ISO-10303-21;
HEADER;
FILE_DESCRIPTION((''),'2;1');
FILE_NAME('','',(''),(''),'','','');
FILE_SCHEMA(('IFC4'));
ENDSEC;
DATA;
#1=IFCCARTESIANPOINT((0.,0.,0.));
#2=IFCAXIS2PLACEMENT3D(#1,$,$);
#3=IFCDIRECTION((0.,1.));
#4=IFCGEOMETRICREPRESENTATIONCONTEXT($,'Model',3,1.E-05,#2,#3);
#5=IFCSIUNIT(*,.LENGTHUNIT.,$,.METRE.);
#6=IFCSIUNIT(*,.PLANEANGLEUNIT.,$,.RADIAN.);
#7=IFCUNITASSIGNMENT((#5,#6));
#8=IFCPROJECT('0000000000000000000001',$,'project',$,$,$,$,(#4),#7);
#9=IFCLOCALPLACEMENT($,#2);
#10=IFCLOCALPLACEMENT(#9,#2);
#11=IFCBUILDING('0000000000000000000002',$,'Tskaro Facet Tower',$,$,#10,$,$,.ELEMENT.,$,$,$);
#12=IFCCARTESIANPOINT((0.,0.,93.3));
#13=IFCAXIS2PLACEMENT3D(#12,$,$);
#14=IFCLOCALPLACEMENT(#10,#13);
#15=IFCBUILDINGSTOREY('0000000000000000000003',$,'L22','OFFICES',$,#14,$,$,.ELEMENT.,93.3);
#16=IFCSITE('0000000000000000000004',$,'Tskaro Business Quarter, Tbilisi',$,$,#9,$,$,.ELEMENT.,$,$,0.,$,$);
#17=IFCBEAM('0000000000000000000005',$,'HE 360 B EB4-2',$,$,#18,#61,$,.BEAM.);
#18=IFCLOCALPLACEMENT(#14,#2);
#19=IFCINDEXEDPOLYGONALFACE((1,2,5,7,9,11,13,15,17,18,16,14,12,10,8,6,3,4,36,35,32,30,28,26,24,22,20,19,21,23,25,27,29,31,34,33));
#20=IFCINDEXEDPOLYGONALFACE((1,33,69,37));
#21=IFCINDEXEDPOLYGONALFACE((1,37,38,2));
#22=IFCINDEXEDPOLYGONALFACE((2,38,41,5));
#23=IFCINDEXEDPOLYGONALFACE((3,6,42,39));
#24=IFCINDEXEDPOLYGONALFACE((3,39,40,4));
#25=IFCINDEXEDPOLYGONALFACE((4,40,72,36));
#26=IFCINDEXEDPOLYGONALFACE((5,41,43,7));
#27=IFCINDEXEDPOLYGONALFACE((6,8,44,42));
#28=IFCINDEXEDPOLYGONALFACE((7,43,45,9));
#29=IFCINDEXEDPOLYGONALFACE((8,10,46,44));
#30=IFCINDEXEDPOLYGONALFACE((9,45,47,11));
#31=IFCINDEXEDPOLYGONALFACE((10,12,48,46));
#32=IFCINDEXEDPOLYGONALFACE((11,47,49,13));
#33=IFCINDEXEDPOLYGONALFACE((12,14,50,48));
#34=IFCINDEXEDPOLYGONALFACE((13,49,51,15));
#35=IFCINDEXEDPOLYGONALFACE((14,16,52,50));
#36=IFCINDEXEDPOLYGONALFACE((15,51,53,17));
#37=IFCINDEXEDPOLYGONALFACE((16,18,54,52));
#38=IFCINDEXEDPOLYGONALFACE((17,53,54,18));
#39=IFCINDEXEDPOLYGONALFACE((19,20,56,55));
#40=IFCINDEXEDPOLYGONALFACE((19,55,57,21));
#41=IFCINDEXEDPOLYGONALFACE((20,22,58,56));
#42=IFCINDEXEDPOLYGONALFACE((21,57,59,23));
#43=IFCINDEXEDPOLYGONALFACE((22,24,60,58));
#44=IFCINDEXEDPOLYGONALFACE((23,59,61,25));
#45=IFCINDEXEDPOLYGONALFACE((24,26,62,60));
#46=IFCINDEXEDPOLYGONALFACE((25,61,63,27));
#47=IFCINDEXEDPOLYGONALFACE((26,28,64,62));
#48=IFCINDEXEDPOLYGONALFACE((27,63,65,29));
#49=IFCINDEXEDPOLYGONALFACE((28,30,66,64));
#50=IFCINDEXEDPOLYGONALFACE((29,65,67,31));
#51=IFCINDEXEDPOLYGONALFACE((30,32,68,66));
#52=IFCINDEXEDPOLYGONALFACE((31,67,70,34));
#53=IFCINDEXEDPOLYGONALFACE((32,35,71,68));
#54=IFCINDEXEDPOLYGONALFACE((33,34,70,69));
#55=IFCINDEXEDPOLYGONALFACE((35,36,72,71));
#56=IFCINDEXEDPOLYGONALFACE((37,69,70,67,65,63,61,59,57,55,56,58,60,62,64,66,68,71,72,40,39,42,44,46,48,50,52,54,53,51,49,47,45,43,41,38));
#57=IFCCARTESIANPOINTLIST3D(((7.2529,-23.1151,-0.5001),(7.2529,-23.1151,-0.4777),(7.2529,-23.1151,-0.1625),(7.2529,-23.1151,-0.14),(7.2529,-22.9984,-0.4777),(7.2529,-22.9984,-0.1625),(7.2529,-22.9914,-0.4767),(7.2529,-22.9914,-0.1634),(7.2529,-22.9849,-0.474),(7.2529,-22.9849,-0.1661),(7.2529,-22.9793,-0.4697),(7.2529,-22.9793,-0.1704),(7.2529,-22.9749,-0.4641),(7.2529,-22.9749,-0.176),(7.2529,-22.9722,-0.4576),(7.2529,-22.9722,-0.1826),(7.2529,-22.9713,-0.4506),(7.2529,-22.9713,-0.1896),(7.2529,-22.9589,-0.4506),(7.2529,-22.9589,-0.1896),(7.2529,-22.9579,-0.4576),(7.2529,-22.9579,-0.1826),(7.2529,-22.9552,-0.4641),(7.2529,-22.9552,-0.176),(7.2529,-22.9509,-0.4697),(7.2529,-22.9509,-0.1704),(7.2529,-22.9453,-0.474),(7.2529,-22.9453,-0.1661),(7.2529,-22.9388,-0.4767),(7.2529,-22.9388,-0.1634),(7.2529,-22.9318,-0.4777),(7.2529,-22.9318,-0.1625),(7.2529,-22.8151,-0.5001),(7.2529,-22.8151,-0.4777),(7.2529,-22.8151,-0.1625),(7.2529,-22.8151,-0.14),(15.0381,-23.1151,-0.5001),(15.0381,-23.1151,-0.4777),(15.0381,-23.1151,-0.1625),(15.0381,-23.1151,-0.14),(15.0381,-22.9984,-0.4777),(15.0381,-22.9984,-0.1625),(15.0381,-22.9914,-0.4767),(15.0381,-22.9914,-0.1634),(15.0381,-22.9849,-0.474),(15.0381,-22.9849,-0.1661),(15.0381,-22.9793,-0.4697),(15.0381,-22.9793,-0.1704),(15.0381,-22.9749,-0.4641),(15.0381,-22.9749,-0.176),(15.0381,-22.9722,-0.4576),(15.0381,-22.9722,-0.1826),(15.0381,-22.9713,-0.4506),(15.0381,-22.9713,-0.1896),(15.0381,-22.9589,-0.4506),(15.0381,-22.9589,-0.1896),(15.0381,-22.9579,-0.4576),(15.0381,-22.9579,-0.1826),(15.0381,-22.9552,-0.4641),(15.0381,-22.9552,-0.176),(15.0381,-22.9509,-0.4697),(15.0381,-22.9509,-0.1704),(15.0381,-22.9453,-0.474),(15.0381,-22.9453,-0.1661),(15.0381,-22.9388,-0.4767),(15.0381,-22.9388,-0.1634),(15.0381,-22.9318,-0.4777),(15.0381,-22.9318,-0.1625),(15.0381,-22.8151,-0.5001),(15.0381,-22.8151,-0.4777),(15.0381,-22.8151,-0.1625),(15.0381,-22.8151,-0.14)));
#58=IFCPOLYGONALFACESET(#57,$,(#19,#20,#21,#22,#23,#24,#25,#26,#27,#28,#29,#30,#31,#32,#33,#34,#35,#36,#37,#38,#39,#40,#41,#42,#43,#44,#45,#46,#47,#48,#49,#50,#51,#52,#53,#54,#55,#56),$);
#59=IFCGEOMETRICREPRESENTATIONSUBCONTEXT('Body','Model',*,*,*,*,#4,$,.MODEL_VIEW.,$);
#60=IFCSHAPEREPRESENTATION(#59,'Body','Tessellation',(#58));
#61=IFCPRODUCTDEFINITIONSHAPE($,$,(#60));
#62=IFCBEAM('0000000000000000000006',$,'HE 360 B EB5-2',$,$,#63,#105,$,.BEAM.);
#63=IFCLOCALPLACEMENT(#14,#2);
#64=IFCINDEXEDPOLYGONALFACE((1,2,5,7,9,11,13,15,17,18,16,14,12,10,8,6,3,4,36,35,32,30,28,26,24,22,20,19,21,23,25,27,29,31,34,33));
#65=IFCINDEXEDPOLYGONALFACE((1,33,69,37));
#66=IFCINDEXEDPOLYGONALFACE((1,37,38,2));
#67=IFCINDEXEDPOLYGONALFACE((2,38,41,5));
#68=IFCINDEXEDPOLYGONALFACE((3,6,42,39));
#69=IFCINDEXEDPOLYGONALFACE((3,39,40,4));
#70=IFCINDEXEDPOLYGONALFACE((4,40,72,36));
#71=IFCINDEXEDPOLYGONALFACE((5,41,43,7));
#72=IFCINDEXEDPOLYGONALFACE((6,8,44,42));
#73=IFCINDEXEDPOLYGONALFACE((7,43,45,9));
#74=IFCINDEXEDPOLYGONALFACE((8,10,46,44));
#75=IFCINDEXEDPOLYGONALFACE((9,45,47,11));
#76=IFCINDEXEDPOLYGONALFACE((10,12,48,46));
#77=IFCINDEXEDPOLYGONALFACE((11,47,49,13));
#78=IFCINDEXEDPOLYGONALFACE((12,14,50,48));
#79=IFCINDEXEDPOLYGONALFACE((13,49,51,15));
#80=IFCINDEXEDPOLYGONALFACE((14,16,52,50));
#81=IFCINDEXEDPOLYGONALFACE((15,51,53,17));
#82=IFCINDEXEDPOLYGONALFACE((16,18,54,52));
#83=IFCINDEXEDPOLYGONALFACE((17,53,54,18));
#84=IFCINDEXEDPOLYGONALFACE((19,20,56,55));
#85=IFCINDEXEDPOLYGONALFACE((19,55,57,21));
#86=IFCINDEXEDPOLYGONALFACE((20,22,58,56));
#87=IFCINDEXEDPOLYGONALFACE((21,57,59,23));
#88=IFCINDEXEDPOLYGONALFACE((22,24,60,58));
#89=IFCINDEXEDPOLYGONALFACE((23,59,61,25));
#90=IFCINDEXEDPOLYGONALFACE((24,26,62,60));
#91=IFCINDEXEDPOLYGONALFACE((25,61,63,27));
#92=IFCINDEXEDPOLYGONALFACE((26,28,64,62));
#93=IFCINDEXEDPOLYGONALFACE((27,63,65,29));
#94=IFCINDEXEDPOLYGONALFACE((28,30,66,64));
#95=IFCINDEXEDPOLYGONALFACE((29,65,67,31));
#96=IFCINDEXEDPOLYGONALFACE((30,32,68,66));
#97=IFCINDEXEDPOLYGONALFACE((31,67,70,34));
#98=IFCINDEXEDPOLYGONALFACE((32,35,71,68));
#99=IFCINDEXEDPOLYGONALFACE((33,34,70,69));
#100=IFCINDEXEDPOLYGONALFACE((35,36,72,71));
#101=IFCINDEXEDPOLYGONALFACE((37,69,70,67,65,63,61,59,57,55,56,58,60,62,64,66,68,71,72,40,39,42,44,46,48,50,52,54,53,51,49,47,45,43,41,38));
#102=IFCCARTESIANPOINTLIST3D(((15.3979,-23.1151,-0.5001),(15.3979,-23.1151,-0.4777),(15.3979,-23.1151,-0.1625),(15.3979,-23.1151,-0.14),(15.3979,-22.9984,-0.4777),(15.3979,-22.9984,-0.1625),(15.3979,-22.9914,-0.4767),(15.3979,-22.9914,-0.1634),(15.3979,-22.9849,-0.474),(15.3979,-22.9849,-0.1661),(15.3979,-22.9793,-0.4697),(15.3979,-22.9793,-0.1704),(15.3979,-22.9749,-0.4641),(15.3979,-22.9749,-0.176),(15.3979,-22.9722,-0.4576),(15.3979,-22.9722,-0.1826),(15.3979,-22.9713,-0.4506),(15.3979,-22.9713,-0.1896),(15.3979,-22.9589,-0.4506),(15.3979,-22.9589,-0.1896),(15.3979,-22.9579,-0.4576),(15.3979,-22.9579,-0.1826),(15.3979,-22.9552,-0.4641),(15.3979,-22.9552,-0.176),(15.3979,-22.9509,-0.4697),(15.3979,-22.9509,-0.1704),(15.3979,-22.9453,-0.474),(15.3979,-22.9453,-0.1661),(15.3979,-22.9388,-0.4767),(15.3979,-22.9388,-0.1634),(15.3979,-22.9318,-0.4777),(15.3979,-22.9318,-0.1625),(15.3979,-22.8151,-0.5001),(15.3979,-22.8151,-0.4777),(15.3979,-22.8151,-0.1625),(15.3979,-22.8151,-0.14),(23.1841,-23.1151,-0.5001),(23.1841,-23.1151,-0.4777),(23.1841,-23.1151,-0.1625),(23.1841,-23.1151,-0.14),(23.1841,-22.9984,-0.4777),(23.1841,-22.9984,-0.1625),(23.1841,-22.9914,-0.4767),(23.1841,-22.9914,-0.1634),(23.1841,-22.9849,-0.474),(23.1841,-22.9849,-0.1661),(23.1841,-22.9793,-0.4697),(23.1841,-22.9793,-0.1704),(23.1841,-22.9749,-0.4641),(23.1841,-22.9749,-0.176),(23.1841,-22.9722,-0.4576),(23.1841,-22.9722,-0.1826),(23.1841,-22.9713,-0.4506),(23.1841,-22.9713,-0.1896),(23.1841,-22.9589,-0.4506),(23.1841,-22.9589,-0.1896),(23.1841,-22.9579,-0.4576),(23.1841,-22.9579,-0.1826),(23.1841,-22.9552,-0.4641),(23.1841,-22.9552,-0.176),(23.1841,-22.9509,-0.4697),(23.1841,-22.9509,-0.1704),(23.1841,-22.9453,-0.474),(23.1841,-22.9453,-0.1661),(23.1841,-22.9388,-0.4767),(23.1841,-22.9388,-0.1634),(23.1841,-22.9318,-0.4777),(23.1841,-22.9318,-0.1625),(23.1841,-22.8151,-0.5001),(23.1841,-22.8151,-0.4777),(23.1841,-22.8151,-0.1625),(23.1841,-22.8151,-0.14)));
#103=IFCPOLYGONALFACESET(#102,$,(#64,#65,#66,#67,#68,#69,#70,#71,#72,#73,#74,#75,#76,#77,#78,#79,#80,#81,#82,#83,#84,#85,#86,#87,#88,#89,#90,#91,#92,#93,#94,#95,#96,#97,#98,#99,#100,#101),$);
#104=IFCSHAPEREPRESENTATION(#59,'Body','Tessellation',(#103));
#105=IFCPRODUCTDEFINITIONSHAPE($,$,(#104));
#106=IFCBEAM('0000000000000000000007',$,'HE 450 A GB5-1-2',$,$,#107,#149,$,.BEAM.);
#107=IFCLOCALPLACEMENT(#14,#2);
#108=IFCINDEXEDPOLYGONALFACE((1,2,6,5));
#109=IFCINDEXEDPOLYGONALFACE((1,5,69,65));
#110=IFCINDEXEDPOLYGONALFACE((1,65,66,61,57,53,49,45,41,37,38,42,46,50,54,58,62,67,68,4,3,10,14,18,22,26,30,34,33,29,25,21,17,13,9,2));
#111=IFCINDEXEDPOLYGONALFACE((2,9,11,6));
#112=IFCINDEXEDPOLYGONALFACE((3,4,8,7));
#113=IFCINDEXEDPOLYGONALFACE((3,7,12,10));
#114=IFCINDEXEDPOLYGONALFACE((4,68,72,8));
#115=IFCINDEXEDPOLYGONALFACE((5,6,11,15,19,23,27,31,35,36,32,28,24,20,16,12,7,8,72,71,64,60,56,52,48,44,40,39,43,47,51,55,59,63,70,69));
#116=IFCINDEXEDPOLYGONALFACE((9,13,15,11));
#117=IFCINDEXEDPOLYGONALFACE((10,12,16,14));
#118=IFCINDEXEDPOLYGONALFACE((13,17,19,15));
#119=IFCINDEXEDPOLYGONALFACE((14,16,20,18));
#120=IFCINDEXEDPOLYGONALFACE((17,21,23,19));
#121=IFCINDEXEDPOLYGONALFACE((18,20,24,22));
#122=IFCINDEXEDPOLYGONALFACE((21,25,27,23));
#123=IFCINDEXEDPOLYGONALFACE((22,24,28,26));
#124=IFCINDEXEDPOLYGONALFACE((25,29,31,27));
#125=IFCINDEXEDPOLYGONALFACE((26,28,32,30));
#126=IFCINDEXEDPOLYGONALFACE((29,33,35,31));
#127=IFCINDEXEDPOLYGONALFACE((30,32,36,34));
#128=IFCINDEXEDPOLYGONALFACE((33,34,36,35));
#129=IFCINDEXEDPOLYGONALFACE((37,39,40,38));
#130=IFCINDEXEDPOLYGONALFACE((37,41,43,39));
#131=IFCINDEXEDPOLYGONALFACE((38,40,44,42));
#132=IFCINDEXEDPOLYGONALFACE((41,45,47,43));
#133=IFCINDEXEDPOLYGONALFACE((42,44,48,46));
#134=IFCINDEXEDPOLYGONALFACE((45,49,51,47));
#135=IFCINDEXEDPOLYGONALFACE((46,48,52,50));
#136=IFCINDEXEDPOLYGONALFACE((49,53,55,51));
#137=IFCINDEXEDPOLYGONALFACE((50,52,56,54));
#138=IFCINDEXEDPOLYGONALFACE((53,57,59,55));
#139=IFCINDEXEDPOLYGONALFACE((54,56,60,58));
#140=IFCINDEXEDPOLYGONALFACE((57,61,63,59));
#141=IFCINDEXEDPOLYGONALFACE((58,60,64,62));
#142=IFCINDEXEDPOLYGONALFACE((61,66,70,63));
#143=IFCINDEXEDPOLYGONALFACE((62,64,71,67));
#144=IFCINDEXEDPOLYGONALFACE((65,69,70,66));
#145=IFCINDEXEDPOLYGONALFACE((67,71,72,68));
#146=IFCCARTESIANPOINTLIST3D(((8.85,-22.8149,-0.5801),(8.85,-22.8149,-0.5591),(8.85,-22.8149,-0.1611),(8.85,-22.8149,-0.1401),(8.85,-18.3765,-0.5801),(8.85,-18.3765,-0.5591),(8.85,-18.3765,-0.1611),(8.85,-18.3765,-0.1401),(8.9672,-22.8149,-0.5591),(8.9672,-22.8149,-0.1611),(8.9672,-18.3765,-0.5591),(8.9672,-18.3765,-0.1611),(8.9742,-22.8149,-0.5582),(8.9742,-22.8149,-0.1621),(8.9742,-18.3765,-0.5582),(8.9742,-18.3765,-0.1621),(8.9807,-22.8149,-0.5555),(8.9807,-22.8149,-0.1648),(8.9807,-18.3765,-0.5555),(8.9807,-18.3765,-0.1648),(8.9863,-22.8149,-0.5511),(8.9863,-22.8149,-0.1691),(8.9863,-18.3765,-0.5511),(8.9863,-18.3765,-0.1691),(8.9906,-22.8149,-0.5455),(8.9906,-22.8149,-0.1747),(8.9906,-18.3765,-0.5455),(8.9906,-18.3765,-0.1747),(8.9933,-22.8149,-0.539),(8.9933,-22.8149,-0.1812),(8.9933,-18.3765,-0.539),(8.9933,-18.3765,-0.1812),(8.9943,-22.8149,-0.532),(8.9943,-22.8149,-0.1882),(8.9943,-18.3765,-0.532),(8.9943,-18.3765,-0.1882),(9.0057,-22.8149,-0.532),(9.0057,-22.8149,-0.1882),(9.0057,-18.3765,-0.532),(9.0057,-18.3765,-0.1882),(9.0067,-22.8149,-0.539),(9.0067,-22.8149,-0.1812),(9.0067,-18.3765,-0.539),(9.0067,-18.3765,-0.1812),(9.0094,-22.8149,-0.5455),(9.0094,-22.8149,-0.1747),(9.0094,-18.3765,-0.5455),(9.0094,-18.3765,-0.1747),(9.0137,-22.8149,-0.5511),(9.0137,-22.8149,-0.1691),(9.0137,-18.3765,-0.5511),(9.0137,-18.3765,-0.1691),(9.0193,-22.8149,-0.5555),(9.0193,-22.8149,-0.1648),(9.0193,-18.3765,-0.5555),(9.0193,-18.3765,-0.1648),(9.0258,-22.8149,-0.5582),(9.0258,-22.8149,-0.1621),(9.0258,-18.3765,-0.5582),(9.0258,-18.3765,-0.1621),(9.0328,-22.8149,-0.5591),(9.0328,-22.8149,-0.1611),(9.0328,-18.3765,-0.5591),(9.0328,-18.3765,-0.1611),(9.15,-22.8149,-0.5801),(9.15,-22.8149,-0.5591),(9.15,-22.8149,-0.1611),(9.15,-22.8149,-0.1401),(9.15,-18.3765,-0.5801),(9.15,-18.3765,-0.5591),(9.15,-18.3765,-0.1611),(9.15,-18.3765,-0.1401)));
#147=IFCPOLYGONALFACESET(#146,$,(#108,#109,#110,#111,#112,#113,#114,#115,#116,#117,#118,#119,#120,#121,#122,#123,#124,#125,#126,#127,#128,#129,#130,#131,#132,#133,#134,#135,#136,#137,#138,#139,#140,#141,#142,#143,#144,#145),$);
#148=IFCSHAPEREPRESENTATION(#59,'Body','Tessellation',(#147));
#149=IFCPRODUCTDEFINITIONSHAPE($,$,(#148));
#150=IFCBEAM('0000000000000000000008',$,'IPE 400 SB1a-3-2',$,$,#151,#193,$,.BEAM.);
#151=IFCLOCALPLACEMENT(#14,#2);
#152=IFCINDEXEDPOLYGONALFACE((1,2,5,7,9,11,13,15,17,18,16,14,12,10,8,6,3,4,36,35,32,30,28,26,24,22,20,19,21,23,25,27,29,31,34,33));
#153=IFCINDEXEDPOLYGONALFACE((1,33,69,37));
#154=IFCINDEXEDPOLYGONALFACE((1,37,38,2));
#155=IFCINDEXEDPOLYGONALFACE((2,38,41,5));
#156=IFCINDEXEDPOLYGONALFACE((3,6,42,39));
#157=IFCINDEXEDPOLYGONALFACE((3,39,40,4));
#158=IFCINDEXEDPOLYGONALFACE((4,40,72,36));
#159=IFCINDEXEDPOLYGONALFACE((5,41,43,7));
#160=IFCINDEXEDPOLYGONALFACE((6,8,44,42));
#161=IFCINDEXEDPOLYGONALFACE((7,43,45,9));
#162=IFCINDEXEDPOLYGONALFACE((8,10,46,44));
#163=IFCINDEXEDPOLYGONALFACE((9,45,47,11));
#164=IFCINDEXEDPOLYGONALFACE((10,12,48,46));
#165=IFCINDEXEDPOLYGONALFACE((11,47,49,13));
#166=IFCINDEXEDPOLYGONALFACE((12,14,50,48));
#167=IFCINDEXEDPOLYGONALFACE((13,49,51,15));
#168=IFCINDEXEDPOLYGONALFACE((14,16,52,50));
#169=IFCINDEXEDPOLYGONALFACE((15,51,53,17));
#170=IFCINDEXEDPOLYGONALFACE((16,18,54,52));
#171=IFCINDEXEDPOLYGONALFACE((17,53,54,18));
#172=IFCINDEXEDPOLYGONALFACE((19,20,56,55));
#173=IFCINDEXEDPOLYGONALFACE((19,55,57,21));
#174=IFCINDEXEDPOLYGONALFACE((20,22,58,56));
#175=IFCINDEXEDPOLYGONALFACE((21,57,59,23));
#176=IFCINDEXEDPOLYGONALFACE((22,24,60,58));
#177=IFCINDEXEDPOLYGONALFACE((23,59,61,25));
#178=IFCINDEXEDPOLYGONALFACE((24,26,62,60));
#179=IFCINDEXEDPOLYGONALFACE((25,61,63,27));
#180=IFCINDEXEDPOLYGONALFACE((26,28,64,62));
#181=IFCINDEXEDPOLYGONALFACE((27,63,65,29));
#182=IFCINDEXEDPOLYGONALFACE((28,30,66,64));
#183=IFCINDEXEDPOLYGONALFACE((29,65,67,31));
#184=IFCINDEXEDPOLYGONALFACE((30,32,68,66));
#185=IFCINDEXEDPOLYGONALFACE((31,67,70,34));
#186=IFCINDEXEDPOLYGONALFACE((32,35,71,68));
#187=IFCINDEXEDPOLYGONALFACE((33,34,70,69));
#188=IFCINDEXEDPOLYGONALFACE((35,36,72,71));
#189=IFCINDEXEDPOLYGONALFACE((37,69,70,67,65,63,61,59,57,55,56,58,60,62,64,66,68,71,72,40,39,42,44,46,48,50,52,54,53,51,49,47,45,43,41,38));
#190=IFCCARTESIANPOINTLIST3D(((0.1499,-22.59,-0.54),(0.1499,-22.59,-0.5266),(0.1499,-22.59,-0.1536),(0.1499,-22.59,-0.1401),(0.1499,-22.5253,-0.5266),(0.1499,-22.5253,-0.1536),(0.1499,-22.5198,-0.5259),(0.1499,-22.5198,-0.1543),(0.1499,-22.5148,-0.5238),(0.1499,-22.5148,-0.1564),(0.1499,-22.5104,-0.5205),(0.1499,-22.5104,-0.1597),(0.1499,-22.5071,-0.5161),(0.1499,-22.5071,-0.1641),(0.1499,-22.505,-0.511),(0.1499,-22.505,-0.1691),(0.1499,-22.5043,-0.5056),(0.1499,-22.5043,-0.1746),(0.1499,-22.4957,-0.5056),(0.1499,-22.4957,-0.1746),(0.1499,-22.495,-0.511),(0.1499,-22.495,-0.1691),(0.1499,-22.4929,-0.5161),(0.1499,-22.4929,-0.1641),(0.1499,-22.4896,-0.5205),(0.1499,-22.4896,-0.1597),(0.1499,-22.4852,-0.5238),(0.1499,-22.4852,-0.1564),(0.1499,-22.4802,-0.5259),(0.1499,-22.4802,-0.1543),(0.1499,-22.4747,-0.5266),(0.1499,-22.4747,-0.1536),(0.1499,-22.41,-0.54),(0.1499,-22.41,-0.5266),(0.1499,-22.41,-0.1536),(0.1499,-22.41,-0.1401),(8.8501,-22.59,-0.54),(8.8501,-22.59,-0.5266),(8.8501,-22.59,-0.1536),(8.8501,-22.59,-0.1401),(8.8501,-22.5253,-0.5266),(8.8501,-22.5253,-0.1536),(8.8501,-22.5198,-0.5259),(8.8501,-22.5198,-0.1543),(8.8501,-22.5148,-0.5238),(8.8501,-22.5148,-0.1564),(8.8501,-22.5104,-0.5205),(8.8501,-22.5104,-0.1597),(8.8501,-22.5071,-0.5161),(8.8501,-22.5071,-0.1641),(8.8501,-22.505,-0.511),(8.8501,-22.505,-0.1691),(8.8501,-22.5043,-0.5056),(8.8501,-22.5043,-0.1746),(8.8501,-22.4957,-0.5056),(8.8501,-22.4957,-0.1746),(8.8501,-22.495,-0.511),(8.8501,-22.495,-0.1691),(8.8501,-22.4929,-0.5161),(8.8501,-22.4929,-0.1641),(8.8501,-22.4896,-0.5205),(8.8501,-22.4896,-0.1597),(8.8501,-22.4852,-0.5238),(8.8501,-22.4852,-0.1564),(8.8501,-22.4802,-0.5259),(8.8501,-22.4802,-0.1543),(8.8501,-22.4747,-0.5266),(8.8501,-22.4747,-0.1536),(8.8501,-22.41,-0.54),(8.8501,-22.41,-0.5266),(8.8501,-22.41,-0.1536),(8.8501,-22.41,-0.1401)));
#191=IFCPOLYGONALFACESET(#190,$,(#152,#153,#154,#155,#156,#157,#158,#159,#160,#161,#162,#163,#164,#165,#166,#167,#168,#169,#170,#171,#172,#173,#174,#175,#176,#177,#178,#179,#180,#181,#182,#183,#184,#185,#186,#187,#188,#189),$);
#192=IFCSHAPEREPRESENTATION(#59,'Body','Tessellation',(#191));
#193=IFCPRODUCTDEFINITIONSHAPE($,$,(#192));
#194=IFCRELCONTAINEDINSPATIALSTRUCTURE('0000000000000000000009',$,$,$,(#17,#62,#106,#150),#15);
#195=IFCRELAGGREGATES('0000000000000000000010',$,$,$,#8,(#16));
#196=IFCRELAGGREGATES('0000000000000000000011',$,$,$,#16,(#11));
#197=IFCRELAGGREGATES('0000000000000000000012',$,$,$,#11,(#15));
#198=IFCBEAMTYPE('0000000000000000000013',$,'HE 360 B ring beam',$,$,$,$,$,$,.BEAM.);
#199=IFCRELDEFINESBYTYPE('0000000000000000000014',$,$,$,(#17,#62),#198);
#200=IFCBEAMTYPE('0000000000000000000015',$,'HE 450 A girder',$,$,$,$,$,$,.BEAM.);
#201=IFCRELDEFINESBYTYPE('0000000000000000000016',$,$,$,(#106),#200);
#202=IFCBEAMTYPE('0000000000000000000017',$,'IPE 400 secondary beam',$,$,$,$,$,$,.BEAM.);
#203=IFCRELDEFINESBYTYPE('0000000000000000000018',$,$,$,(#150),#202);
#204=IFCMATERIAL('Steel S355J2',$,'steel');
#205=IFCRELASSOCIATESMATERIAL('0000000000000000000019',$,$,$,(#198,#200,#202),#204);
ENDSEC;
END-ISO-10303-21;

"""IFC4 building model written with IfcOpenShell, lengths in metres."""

from ifc_helpers import new_model, si_unit, direction, frame, origin, origin_2d, place, context, subcontext, project, spatial, i_section, extrude, material, material_profile, profile_set, type_object, element, save


model = new_model("IFC4")

# Units and contexts
model_context = context("Model", 3, precision=1e-05, world=origin(), true_north=direction((0.0, 1.0)))
body_context = subcontext(model_context, "Body", "Model", "MODEL_VIEW")
ifc_project = project(units=[si_unit("LENGTHUNIT", "METRE"), si_unit("PLANEANGLEUNIT", "RADIAN")], contexts=[model_context])

# Site, building, storey
site_placement = place(None, origin())
site = spatial("IfcSite", under=ifc_project, at=site_placement, Name="Tskaro Business Quarter, Tbilisi", CompositionType="ELEMENT", RefElevation=0.0)
building_placement = place(site_placement, origin())
building = spatial("IfcBuilding", under=site, at=building_placement, Name="Tskaro Facet Tower", CompositionType="ELEMENT")
storey_placement = place(building_placement, frame((0.0, 0.0, 93.3)))
storey = spatial("IfcBuildingStorey", under=building, at=storey_placement, Name="L22", Description="OFFICES", CompositionType="ELEMENT", Elevation=93.3)

# Beams
ifc_material_1 = material(Name="Steel S355J2", Category="steel")
ifc_material_profile_1 = material_profile(ifc_material_1, i_section(OverallWidth=0.3, OverallDepth=0.3601, WebThickness=0.0125, FlangeThickness=0.0225, FilletRadius=0.0271, at=origin_2d()), Name="HE 360 B")
ifc_profile_set_1 = profile_set([ifc_material_profile_1], Name="Steel S355J2")
beam_type_1 = type_object("IfcBeamType", Name="HE 360 B ring beam", PredefinedType="BEAM", material=ifc_profile_set_1)
beam_1_placement = place(storey_placement, frame((7.2529, -22.9651, -0.3201), z_axis=(1.0, 0.0, 0.0), x_axis=(0.0, 1.0, 0.0)))
element("IfcBeam", 1, at=beam_1_placement, inside=storey, type_object=beam_type_1, Name="HE 360 B EB4-2", PredefinedType="BEAM", context=body_context, shape_type="SweptSolid", body=[
    extrude(i_section(OverallWidth=0.3, OverallDepth=0.3601, WebThickness=0.0125, FlangeThickness=0.0225, FilletRadius=0.0271, at=origin_2d()), origin(), (0.0, 0.0, 1.0), 7.7852),
])
beam_2_placement = place(storey_placement, frame((15.3979, -22.9651, -0.3201), z_axis=(1.0, 0.0, 0.0), x_axis=(0.0, 1.0, 0.0)))
element("IfcBeam", 2, at=beam_2_placement, inside=storey, type_object=beam_type_1, Name="HE 360 B EB5-2", PredefinedType="BEAM", context=body_context, shape_type="SweptSolid", body=[
    extrude(i_section(OverallWidth=0.3, OverallDepth=0.3601, WebThickness=0.0125, FlangeThickness=0.0225, FilletRadius=0.0271, at=origin_2d()), origin(), (0.0, 0.0, 1.0), 7.7861),
])
ifc_material_profile_2 = material_profile(ifc_material_1, i_section(OverallWidth=0.3, OverallDepth=0.4399, WebThickness=0.0115, FlangeThickness=0.021, FilletRadius=0.0271, at=origin_2d()), Name="HE 450 A")
ifc_profile_set_2 = profile_set([ifc_material_profile_2], Name="Steel S355J2")
beam_type_2 = type_object("IfcBeamType", Name="HE 450 A girder", PredefinedType="BEAM", material=ifc_profile_set_2)
beam_3_placement = place(storey_placement, frame((9.0, -22.8149, -0.3601), z_axis=(0.0, 1.0, 0.0), x_axis=(-1.0, 0.0, 0.0)))
element("IfcBeam", 3, at=beam_3_placement, inside=storey, type_object=beam_type_2, Name="HE 450 A GB5-1-2", PredefinedType="BEAM", context=body_context, shape_type="SweptSolid", body=[
    extrude(i_section(OverallWidth=0.3, OverallDepth=0.4399, WebThickness=0.0115, FlangeThickness=0.021, FilletRadius=0.0271, at=origin_2d()), origin(), (0.0, 0.0, 1.0), 4.4385),
])
ifc_material_profile_3 = material_profile(ifc_material_1, i_section(OverallWidth=0.1799, OverallDepth=0.3999, WebThickness=0.0085, FlangeThickness=0.0134, FilletRadius=0.021, at=origin_2d()), Name="IPE 400")
ifc_profile_set_3 = profile_set([ifc_material_profile_3], Name="Steel S355J2")
beam_type_3 = type_object("IfcBeamType", Name="IPE 400 secondary beam", PredefinedType="BEAM", material=ifc_profile_set_3)
for number, where, z_axis, x_axis, name in (
    (4, (0.1499, -22.5, -0.3401), (1.0, 0.0, 0.0), (0.0, 1.0, 0.0), "IPE 400 SB1a-3-2"),
):
    element("IfcBeam", number, at=place(storey_placement, frame(where, z_axis=z_axis, x_axis=x_axis)), inside=storey, type_object=beam_type_3, Name=name, PredefinedType="BEAM", context=body_context, shape_type="SweptSolid", body=[
        extrude(i_section(OverallWidth=0.1799, OverallDepth=0.3999, WebThickness=0.0085, FlangeThickness=0.0134, FilletRadius=0.021, at=origin_2d()), origin(), (0.0, 0.0, 1.0), 8.7002),
    ])

save(model, "model.ifc")
